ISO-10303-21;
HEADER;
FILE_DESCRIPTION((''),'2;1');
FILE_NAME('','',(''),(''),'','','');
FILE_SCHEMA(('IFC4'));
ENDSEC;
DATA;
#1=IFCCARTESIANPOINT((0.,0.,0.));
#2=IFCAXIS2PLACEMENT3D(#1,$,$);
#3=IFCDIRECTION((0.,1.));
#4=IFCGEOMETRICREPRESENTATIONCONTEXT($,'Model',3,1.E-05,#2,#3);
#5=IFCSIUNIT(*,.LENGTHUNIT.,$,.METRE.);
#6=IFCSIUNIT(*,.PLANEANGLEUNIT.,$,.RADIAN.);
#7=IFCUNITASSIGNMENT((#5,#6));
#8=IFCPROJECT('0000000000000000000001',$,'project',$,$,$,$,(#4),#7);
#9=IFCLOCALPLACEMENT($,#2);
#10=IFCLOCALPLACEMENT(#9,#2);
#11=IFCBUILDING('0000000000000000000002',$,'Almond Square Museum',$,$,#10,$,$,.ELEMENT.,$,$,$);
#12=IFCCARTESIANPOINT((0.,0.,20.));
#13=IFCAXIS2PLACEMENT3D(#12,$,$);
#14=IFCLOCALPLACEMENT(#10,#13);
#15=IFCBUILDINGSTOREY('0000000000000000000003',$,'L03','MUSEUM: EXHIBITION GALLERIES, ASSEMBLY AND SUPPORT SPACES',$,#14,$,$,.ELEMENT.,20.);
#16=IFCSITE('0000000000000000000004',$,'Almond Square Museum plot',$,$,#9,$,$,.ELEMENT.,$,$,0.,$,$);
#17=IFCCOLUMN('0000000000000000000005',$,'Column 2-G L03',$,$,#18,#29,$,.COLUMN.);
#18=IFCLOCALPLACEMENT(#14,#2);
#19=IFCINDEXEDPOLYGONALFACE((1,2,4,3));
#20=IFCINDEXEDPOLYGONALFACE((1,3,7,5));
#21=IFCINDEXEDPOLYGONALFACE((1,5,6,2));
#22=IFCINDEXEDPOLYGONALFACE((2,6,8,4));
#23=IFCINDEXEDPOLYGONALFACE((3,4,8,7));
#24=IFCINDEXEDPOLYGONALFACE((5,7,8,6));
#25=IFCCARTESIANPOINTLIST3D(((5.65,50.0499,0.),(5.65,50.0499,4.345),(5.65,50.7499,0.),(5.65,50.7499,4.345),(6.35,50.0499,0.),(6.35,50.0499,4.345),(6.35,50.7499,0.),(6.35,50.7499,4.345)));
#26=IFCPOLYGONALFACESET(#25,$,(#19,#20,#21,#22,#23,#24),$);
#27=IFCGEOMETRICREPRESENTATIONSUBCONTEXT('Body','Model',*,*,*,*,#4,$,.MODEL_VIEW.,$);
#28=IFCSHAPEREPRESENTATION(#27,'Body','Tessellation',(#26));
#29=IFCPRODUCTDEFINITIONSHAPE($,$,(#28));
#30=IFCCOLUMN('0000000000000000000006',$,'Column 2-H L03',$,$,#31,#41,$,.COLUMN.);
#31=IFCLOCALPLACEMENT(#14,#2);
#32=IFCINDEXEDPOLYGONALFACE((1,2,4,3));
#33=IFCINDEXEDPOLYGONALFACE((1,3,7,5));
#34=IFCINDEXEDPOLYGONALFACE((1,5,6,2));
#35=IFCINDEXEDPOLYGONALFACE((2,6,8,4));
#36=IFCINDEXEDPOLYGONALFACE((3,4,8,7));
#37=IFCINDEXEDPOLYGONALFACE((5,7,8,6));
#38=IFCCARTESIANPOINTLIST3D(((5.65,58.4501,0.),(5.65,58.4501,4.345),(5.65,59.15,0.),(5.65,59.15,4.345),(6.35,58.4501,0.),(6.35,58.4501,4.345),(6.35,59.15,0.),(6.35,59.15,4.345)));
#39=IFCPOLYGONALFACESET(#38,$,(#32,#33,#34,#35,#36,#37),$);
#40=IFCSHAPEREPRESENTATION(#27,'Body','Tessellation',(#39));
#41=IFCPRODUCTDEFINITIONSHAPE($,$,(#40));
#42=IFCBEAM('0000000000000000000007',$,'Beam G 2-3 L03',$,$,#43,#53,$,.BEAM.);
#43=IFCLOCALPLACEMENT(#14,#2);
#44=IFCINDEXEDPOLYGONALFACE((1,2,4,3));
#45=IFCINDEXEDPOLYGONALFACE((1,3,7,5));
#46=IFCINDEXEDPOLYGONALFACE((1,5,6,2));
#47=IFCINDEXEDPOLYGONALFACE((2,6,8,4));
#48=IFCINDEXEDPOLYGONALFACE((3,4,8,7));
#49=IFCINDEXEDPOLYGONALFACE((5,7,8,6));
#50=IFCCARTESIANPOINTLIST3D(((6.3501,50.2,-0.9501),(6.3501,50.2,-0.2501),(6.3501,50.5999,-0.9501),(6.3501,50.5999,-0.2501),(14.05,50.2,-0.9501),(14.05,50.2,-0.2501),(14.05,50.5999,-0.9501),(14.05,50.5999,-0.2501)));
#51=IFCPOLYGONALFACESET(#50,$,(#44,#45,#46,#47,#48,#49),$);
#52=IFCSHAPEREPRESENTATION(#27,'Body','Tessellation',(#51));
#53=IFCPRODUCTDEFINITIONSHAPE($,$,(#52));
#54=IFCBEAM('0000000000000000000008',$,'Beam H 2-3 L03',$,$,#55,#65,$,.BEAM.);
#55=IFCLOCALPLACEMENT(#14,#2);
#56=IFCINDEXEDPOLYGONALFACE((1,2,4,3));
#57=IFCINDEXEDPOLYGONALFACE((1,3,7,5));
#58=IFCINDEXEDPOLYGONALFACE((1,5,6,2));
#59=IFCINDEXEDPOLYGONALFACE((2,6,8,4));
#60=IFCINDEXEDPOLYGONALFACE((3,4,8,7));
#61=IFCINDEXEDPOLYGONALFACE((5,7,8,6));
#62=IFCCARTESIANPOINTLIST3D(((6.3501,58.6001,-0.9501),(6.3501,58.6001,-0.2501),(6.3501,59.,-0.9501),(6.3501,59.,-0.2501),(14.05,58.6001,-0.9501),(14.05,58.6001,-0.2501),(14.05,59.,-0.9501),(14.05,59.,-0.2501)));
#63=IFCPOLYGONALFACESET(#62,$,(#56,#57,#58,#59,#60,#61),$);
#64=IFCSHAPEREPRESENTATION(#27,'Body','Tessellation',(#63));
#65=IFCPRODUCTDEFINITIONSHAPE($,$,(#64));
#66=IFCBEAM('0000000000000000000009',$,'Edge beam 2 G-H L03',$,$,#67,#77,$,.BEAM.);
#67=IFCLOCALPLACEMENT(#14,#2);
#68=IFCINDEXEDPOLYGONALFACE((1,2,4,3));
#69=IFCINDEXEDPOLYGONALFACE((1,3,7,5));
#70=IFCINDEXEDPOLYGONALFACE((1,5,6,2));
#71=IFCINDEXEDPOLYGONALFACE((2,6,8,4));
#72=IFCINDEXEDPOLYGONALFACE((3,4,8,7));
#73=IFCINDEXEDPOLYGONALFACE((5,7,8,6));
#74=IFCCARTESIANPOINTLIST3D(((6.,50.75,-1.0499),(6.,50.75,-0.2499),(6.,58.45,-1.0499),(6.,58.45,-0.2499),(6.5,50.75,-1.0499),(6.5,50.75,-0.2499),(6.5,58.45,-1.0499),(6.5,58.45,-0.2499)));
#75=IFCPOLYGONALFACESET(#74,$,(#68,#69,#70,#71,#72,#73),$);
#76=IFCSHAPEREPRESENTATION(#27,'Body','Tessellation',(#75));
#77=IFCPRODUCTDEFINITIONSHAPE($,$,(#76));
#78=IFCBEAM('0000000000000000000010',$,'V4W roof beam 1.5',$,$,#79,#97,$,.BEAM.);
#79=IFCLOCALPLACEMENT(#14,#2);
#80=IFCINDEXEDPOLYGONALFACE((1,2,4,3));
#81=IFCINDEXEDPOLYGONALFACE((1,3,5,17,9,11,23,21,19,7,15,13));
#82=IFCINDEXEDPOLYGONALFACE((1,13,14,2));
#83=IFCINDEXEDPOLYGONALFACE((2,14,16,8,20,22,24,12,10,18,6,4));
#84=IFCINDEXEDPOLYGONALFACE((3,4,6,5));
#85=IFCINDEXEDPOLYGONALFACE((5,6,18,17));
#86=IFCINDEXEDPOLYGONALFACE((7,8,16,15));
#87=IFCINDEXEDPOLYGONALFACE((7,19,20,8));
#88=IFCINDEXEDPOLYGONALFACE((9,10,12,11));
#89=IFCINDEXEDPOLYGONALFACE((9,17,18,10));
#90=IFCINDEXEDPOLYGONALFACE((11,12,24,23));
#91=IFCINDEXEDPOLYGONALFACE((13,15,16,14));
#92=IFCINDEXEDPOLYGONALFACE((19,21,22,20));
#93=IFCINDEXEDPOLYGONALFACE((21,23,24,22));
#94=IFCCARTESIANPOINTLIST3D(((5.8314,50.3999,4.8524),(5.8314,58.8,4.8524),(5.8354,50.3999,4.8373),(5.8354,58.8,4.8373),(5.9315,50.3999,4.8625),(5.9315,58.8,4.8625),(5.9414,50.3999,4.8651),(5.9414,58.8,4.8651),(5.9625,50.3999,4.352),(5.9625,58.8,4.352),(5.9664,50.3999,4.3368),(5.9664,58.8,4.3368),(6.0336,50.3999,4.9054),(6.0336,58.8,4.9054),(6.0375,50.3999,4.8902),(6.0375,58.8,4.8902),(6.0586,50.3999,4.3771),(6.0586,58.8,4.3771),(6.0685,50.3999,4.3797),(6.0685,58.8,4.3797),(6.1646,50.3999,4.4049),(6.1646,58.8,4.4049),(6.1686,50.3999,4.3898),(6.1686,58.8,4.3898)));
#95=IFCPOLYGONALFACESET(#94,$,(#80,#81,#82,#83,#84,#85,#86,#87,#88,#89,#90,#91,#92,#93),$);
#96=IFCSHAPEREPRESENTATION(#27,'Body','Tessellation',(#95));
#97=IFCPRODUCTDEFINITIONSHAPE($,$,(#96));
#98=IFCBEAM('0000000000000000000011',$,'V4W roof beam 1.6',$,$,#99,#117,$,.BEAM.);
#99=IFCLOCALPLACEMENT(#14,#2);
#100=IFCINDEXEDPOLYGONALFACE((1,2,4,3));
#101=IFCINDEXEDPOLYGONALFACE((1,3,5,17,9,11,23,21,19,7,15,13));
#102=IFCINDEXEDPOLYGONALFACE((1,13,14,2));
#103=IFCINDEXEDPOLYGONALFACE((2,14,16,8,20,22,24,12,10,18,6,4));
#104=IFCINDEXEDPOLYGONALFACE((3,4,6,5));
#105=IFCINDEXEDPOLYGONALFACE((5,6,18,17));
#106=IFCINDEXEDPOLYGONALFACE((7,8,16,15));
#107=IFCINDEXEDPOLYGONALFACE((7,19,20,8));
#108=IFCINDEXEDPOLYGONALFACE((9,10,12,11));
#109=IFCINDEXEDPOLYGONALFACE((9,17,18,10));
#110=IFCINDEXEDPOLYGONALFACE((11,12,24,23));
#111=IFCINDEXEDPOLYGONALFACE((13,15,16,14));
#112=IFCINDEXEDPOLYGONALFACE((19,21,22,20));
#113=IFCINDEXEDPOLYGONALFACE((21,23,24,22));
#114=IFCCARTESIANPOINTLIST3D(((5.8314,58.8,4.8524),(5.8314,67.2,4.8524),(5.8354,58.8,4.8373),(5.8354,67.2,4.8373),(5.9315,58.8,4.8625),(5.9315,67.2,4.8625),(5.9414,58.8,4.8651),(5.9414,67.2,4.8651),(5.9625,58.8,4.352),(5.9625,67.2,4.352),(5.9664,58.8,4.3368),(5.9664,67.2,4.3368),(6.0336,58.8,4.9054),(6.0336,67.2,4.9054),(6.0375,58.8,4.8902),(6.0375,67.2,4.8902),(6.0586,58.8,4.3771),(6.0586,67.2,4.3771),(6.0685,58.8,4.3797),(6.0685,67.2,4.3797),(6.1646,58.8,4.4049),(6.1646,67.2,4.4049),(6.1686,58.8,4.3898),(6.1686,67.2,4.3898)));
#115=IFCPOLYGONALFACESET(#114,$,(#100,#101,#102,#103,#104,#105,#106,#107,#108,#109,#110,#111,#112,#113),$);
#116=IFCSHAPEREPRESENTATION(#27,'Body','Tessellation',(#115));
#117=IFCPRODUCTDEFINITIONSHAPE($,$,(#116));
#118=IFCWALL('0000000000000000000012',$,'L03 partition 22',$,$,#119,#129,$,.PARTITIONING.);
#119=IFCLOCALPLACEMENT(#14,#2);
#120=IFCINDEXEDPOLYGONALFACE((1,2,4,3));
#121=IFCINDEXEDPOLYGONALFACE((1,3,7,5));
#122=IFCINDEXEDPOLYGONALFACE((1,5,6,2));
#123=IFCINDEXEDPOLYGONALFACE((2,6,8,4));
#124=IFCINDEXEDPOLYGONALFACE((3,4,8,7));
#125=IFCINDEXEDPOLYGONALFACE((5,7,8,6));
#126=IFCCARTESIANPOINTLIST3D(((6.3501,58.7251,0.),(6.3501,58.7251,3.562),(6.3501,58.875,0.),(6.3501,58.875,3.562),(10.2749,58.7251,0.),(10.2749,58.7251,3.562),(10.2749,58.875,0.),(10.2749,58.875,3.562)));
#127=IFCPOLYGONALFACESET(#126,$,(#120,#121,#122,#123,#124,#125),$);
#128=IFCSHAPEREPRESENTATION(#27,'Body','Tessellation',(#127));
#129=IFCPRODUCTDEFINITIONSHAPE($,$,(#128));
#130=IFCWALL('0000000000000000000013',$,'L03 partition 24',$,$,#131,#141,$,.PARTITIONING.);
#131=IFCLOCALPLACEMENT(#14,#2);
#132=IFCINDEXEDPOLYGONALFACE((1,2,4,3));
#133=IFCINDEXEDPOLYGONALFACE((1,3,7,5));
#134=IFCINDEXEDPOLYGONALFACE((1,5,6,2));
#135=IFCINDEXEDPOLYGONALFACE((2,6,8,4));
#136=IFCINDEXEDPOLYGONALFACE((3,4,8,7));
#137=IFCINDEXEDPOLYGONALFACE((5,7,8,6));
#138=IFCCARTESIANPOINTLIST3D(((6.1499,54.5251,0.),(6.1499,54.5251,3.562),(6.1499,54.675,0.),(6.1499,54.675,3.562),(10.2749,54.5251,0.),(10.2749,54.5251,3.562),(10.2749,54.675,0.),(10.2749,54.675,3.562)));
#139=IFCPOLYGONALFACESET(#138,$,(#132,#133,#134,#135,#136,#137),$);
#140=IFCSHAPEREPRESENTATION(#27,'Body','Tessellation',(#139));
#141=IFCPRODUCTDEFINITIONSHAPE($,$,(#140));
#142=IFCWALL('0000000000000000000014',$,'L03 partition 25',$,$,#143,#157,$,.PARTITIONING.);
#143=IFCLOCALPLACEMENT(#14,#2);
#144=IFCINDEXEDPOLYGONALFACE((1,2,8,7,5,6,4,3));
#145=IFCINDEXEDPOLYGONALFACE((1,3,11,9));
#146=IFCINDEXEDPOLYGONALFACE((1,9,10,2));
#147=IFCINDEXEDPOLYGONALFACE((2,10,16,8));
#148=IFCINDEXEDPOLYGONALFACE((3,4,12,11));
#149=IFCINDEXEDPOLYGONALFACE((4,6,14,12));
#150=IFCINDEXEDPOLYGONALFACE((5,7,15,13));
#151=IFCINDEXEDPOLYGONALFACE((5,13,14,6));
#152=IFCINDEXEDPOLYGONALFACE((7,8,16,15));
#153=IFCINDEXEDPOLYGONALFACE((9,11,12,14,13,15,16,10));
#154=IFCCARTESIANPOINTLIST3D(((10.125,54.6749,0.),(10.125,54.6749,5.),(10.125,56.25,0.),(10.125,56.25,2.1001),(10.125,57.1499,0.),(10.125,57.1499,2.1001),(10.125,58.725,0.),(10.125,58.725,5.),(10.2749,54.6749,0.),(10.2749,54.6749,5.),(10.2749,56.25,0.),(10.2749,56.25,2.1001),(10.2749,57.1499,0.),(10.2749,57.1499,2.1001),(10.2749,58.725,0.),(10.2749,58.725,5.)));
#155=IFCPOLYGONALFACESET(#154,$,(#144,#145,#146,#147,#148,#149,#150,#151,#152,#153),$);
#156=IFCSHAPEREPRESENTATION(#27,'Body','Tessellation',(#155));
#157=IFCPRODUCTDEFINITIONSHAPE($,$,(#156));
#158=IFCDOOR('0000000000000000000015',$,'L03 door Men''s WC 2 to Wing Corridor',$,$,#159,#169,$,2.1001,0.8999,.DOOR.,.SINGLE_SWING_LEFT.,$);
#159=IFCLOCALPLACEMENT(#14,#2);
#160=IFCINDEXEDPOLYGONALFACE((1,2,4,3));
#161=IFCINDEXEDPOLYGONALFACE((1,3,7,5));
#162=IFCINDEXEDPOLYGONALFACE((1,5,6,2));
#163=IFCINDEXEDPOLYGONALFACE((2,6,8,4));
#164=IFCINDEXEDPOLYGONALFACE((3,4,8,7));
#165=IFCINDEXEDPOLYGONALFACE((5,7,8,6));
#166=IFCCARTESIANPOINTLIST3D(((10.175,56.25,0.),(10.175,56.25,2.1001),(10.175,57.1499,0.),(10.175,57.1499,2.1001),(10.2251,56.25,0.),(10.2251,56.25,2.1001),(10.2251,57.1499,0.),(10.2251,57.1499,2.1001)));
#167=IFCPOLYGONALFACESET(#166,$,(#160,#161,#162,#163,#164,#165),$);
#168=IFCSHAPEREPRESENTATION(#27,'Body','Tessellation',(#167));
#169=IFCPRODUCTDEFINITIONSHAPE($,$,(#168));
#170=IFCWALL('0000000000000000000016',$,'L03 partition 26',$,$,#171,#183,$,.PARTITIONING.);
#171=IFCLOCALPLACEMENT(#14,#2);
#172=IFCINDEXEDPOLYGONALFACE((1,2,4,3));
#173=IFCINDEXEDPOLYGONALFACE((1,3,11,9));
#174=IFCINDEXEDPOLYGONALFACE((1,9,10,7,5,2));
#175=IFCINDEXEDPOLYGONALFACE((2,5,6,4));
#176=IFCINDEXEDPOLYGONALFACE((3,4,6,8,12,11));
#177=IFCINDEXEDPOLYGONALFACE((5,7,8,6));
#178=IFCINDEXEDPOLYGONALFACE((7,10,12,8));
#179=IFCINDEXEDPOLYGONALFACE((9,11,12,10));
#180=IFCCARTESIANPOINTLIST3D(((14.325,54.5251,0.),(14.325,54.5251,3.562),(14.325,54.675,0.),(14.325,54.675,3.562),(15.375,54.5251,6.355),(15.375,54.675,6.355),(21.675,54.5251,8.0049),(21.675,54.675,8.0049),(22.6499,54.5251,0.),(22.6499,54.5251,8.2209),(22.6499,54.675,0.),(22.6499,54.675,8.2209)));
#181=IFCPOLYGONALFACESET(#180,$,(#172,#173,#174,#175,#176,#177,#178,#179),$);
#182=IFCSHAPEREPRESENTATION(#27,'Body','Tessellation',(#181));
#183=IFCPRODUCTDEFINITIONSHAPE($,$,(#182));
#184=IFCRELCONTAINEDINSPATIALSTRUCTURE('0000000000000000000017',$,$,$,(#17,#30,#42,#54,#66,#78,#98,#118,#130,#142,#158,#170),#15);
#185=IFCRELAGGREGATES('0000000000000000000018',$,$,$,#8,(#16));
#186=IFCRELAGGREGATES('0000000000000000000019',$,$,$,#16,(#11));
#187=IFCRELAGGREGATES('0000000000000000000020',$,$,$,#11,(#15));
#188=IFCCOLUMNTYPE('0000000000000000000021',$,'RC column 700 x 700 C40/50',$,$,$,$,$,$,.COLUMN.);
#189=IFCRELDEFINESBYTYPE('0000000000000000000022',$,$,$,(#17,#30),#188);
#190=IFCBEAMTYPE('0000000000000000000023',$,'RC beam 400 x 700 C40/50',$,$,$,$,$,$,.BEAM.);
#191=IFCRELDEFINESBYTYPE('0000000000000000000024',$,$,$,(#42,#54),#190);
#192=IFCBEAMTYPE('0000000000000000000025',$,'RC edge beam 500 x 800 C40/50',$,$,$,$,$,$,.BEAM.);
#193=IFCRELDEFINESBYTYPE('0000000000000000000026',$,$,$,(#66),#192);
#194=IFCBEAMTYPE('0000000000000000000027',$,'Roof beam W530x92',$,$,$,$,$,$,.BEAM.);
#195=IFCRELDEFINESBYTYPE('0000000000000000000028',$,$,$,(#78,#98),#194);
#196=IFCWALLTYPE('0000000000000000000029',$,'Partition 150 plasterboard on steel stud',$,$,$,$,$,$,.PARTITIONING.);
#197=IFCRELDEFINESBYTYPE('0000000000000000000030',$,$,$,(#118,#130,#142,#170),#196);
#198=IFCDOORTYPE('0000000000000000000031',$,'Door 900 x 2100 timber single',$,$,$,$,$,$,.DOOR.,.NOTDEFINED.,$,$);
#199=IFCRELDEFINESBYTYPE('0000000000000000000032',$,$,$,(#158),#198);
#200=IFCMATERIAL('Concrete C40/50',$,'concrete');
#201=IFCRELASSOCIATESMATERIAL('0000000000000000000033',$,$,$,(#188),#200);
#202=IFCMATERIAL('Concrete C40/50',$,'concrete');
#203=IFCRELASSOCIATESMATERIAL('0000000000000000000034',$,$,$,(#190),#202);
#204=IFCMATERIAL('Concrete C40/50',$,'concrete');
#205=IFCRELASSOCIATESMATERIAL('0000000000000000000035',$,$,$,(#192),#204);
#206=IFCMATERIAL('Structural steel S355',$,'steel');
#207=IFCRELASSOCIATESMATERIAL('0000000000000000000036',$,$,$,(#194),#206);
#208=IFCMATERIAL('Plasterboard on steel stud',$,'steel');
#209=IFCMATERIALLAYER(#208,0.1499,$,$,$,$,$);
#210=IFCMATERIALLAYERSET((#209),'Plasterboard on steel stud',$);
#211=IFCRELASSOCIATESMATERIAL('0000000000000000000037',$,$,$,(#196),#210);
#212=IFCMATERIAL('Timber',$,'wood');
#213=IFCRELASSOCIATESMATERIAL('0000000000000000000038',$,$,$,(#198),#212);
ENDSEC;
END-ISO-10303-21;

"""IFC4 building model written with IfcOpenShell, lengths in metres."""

from ifc_helpers import new_model, si_unit, direction, frame, frame_2d, origin, origin_2d, place, context, subcontext, project, spatial, polyline, rectangle, i_section, outline, extrude, material, layer, layer_set, material_profile, profile_set, type_object, element, fill, save


model = new_model("IFC4")

# Units and contexts
model_context = context("Model", 3, precision=1e-05, world=origin(), true_north=direction((0.0, 1.0)))
body_context = subcontext(model_context, "Body", "Model", "MODEL_VIEW")
ifc_project = project(units=[si_unit("LENGTHUNIT", "METRE"), si_unit("PLANEANGLEUNIT", "RADIAN")], contexts=[model_context])

# Site, building, storey
site_placement = place(None, origin())
site = spatial("IfcSite", under=ifc_project, at=site_placement, Name="Almond Square Museum plot", CompositionType="ELEMENT", RefElevation=0.0)
building_placement = place(site_placement, origin())
building = spatial("IfcBuilding", under=site, at=building_placement, Name="Almond Square Museum", CompositionType="ELEMENT")
storey_placement = place(building_placement, frame((0.0, 0.0, 20.0)))
storey = spatial("IfcBuildingStorey", under=building, at=storey_placement, Name="L03", Description="MUSEUM: EXHIBITION GALLERIES, ASSEMBLY AND SUPPORT SPACES", CompositionType="ELEMENT", Elevation=20.0)

# Columns
ifc_material_1 = material(Name="Concrete C40/50", Category="concrete")
ifc_material_profile_1 = material_profile(ifc_material_1, rectangle(XDim=0.7, YDim=0.7, at=origin_2d()))
ifc_profile_set_1 = profile_set([ifc_material_profile_1], Name="Concrete C40/50")
column_type = type_object("IfcColumnType", Name="RC column 700 x 700 C40/50", PredefinedType="COLUMN", material=ifc_profile_set_1)
for number, where, z_axis, x_axis, name in (
    (1, (6.0, 50.3999, 0.0), (0.0, 0.0, 1.0), (1.0, 0.0, 0.0), "Column 2-G L03"),
    (2, (6.0, 58.8, 0.0), (0.0, 0.0, 1.0), (1.0, 0.0, 0.0), "Column 2-H L03"),
):
    element("IfcColumn", number, at=place(storey_placement, frame(where, z_axis=z_axis, x_axis=x_axis)), inside=storey, type_object=column_type, Name=name, PredefinedType="COLUMN", context=body_context, shape_type="SweptSolid", body=[
        extrude(rectangle(XDim=0.7, YDim=0.7, at=origin_2d()), origin(), (0.0, 0.0, 1.0), 4.345),
    ])

# Beams
ifc_material_2 = material(Name="Concrete C40/50", Category="concrete")
ifc_material_profile_2 = material_profile(ifc_material_2, rectangle(XDim=0.3999, YDim=0.7, at=origin_2d()))
ifc_profile_set_2 = profile_set([ifc_material_profile_2], Name="Concrete C40/50")
beam_type_1 = type_object("IfcBeamType", Name="RC beam 400 x 700 C40/50", PredefinedType="BEAM", material=ifc_profile_set_2)
for number, where, z_axis, x_axis, name in (
    (3, (6.3501, 50.3999, -0.6001), (1.0, 0.0, 0.0), (0.0, 1.0, 0.0), "Beam G 2-3 L03"),
    (4, (6.3501, 58.8, -0.6001), (1.0, 0.0, 0.0), (0.0, 1.0, 0.0), "Beam H 2-3 L03"),
):
    element("IfcBeam", number, at=place(storey_placement, frame(where, z_axis=z_axis, x_axis=x_axis)), inside=storey, type_object=beam_type_1, Name=name, PredefinedType="BEAM", context=body_context, shape_type="SweptSolid", body=[
        extrude(rectangle(XDim=0.3999, YDim=0.7, at=origin_2d()), origin(), (0.0, 0.0, 1.0), 7.7),
    ])
ifc_material_3 = material(Name="Concrete C40/50", Category="concrete")
ifc_material_profile_3 = material_profile(ifc_material_3, rectangle(XDim=0.5, YDim=0.8, at=origin_2d()))
ifc_profile_set_3 = profile_set([ifc_material_profile_3], Name="Concrete C40/50")
beam_type_2 = type_object("IfcBeamType", Name="RC edge beam 500 x 800 C40/50", PredefinedType="BEAM", material=ifc_profile_set_3)
beam_1_placement = place(storey_placement, frame((6.25, 50.75, -0.6499), z_axis=(0.0, 1.0, 0.0), x_axis=(-1.0, 0.0, 0.0)))
element("IfcBeam", 5, at=beam_1_placement, inside=storey, type_object=beam_type_2, Name="Edge beam 2 G-H L03", PredefinedType="BEAM", context=body_context, shape_type="SweptSolid", body=[
    extrude(rectangle(XDim=0.5, YDim=0.8, at=origin_2d()), origin(), (0.0, 0.0, 1.0), 7.7),
])
ifc_material_4 = material(Name="Structural steel S355", Category="steel")
ifc_material_profile_4 = material_profile(ifc_material_4, i_section(OverallWidth=0.209, OverallDepth=0.533, WebThickness=0.0103, FlangeThickness=0.0156, at=origin_2d()))
ifc_profile_set_4 = profile_set([ifc_material_profile_4], Name="Structural steel S355")
beam_type_3 = type_object("IfcBeamType", Name="Roof beam W530x92", PredefinedType="BEAM", material=ifc_profile_set_4)
beam_2_placement = place(storey_placement, frame((6.0, 50.3999, 4.6211), z_axis=(0.0, 1.0, 0.0), x_axis=(-0.967372, 0.0, -0.25336)))
element("IfcBeam", 6, at=beam_2_placement, inside=storey, type_object=beam_type_3, Name="V4W roof beam 1.5", PredefinedType="BEAM", context=body_context, shape_type="SweptSolid", body=[
    extrude(i_section(OverallWidth=0.209, OverallDepth=0.533, WebThickness=0.0103, FlangeThickness=0.0156, at=origin_2d()), origin(), (0.0, 0.0, 1.0), 8.4001),
])
beam_3_placement = place(storey_placement, frame((6.0, 58.8, 4.6211), z_axis=(0.0, 1.0, 0.0), x_axis=(-0.967372, 0.0, -0.25336)))
element("IfcBeam", 7, at=beam_3_placement, inside=storey, type_object=beam_type_3, Name="V4W roof beam 1.6", PredefinedType="BEAM", context=body_context, shape_type="SweptSolid", body=[
    extrude(i_section(OverallWidth=0.209, OverallDepth=0.533, WebThickness=0.0103, FlangeThickness=0.0156, at=origin_2d()), origin(), (0.0, 0.0, 1.0), 8.3999),
])

# Walls
ifc_material_5 = material(Name="Plasterboard on steel stud", Category="steel")
ifc_layer_1 = layer(ifc_material_5, 0.1499)
ifc_layer_set_1 = layer_set([ifc_layer_1], Name="Plasterboard on steel stud")
wall_type_1 = type_object("IfcWallType", Name="Partition 150 plasterboard on steel stud", PredefinedType="PARTITIONING", material=ifc_layer_set_1)
wall_1_placement = place(storey_placement, frame((6.3501, 58.8, 0.0), z_axis=(0.0, 0.0, 1.0), x_axis=(1.0, 0.0, 0.0)))
element("IfcWall", 8, at=wall_1_placement, inside=storey, type_object=wall_type_1, Name="L03 partition 22", PredefinedType="PARTITIONING", context=body_context, shape_type="SweptSolid", body=[
    extrude(rectangle(XDim=3.9248, YDim=0.1499, at=frame_2d((1.9624, 0.0))), origin(), (0.0, 0.0, 1.0), 3.562),
])
wall_2_placement = place(storey_placement, frame((6.1499, 54.6001, 0.0), z_axis=(0.0, 0.0, 1.0), x_axis=(1.0, 0.0, 0.0)))
element("IfcWall", 9, at=wall_2_placement, inside=storey, type_object=wall_type_1, Name="L03 partition 24", PredefinedType="PARTITIONING", context=body_context, shape_type="SweptSolid", body=[
    extrude(rectangle(XDim=4.125, YDim=0.1499, at=frame_2d((2.0625, 0.0))), origin(), (0.0, 0.0, 1.0), 3.562),
])

# Wall, opening, door
wall_3_placement = place(storey_placement, frame((10.2, 54.675, 0.0), z_axis=(0.0, 0.0, 1.0), x_axis=(0.0, 1.0, 0.0)))
wall_3 = element("IfcWall", 10, at=wall_3_placement, inside=storey, type_object=wall_type_1, Name="L03 partition 25", PredefinedType="PARTITIONING", context=body_context, shape_type="SweptSolid", body=[
    extrude(rectangle(XDim=4.05, YDim=0.1499, at=frame_2d((2.0249, 0.0))), origin(), (0.0, 0.0, 1.0), 5.0),
])
opening_1_placement = place(wall_3_placement, frame((1.575, 0.0, 0.0)))
opening_1 = element("IfcOpeningElement", 11, at=opening_1_placement, cuts=wall_3, PredefinedType="OPENING", context=body_context, shape_type="SweptSolid", body=[
    extrude(rectangle(XDim=0.8999, YDim=2.1001, at=frame_2d((0.45, 1.05))), frame((0.0, 0.085, 0.0), z_axis=(0.0, -1.0, 0.0), x_axis=(1.0, 0.0, 0.0)), (0.0, 0.0, 1.0), 0.1699),
])
ifc_material_6 = material(Name="Timber", Category="wood")
door_type = type_object("IfcDoorType", Name="Door 900 x 2100 timber single", OperationType="NOTDEFINED", PredefinedType="DOOR", material=ifc_material_6)
door_1_placement = place(opening_1_placement, origin())
door_1 = element("IfcDoor", 12, at=door_1_placement, inside=storey, type_object=door_type, Name="L03 door Men's WC 2 to Wing Corridor", OperationType="SINGLE_SWING_LEFT", OverallHeight=2.1001, OverallWidth=0.8999, PredefinedType="DOOR", context=body_context, shape_type="SweptSolid", body=[
    extrude(rectangle(XDim=0.8999, YDim=2.1001, at=frame_2d((0.45, 1.05))), frame((0.0, 0.0249, 0.0), z_axis=(0.0, -1.0, 0.0), x_axis=(1.0, 0.0, 0.0)), (0.0, 0.0, 1.0), 0.05),
])
fill(opening_1, door_1)

# Wall
wall_4_placement = place(storey_placement, frame((14.325, 54.6001, 0.0), z_axis=(0.0, 0.0, 1.0), x_axis=(1.0, 0.0, 0.0)))
element("IfcWall", 13, at=wall_4_placement, inside=storey, type_object=wall_type_1, Name="L03 partition 26", PredefinedType="PARTITIONING", context=body_context, shape_type="SweptSolid", body=[
    extrude(outline(polyline([(0.0, 0.0), (8.325, 0.0), (8.325, 8.2209), (7.3501, 8.0049), (1.05, 6.355), (0.0, 3.562), (0.0, 0.0)])), frame((0.0, 0.075, 0.0), z_axis=(0.0, -1.0, 0.0), x_axis=(1.0, 0.0, 0.0)), (0.0, 0.0, 1.0), 0.1499),
])

save(model, "model.ifc")
